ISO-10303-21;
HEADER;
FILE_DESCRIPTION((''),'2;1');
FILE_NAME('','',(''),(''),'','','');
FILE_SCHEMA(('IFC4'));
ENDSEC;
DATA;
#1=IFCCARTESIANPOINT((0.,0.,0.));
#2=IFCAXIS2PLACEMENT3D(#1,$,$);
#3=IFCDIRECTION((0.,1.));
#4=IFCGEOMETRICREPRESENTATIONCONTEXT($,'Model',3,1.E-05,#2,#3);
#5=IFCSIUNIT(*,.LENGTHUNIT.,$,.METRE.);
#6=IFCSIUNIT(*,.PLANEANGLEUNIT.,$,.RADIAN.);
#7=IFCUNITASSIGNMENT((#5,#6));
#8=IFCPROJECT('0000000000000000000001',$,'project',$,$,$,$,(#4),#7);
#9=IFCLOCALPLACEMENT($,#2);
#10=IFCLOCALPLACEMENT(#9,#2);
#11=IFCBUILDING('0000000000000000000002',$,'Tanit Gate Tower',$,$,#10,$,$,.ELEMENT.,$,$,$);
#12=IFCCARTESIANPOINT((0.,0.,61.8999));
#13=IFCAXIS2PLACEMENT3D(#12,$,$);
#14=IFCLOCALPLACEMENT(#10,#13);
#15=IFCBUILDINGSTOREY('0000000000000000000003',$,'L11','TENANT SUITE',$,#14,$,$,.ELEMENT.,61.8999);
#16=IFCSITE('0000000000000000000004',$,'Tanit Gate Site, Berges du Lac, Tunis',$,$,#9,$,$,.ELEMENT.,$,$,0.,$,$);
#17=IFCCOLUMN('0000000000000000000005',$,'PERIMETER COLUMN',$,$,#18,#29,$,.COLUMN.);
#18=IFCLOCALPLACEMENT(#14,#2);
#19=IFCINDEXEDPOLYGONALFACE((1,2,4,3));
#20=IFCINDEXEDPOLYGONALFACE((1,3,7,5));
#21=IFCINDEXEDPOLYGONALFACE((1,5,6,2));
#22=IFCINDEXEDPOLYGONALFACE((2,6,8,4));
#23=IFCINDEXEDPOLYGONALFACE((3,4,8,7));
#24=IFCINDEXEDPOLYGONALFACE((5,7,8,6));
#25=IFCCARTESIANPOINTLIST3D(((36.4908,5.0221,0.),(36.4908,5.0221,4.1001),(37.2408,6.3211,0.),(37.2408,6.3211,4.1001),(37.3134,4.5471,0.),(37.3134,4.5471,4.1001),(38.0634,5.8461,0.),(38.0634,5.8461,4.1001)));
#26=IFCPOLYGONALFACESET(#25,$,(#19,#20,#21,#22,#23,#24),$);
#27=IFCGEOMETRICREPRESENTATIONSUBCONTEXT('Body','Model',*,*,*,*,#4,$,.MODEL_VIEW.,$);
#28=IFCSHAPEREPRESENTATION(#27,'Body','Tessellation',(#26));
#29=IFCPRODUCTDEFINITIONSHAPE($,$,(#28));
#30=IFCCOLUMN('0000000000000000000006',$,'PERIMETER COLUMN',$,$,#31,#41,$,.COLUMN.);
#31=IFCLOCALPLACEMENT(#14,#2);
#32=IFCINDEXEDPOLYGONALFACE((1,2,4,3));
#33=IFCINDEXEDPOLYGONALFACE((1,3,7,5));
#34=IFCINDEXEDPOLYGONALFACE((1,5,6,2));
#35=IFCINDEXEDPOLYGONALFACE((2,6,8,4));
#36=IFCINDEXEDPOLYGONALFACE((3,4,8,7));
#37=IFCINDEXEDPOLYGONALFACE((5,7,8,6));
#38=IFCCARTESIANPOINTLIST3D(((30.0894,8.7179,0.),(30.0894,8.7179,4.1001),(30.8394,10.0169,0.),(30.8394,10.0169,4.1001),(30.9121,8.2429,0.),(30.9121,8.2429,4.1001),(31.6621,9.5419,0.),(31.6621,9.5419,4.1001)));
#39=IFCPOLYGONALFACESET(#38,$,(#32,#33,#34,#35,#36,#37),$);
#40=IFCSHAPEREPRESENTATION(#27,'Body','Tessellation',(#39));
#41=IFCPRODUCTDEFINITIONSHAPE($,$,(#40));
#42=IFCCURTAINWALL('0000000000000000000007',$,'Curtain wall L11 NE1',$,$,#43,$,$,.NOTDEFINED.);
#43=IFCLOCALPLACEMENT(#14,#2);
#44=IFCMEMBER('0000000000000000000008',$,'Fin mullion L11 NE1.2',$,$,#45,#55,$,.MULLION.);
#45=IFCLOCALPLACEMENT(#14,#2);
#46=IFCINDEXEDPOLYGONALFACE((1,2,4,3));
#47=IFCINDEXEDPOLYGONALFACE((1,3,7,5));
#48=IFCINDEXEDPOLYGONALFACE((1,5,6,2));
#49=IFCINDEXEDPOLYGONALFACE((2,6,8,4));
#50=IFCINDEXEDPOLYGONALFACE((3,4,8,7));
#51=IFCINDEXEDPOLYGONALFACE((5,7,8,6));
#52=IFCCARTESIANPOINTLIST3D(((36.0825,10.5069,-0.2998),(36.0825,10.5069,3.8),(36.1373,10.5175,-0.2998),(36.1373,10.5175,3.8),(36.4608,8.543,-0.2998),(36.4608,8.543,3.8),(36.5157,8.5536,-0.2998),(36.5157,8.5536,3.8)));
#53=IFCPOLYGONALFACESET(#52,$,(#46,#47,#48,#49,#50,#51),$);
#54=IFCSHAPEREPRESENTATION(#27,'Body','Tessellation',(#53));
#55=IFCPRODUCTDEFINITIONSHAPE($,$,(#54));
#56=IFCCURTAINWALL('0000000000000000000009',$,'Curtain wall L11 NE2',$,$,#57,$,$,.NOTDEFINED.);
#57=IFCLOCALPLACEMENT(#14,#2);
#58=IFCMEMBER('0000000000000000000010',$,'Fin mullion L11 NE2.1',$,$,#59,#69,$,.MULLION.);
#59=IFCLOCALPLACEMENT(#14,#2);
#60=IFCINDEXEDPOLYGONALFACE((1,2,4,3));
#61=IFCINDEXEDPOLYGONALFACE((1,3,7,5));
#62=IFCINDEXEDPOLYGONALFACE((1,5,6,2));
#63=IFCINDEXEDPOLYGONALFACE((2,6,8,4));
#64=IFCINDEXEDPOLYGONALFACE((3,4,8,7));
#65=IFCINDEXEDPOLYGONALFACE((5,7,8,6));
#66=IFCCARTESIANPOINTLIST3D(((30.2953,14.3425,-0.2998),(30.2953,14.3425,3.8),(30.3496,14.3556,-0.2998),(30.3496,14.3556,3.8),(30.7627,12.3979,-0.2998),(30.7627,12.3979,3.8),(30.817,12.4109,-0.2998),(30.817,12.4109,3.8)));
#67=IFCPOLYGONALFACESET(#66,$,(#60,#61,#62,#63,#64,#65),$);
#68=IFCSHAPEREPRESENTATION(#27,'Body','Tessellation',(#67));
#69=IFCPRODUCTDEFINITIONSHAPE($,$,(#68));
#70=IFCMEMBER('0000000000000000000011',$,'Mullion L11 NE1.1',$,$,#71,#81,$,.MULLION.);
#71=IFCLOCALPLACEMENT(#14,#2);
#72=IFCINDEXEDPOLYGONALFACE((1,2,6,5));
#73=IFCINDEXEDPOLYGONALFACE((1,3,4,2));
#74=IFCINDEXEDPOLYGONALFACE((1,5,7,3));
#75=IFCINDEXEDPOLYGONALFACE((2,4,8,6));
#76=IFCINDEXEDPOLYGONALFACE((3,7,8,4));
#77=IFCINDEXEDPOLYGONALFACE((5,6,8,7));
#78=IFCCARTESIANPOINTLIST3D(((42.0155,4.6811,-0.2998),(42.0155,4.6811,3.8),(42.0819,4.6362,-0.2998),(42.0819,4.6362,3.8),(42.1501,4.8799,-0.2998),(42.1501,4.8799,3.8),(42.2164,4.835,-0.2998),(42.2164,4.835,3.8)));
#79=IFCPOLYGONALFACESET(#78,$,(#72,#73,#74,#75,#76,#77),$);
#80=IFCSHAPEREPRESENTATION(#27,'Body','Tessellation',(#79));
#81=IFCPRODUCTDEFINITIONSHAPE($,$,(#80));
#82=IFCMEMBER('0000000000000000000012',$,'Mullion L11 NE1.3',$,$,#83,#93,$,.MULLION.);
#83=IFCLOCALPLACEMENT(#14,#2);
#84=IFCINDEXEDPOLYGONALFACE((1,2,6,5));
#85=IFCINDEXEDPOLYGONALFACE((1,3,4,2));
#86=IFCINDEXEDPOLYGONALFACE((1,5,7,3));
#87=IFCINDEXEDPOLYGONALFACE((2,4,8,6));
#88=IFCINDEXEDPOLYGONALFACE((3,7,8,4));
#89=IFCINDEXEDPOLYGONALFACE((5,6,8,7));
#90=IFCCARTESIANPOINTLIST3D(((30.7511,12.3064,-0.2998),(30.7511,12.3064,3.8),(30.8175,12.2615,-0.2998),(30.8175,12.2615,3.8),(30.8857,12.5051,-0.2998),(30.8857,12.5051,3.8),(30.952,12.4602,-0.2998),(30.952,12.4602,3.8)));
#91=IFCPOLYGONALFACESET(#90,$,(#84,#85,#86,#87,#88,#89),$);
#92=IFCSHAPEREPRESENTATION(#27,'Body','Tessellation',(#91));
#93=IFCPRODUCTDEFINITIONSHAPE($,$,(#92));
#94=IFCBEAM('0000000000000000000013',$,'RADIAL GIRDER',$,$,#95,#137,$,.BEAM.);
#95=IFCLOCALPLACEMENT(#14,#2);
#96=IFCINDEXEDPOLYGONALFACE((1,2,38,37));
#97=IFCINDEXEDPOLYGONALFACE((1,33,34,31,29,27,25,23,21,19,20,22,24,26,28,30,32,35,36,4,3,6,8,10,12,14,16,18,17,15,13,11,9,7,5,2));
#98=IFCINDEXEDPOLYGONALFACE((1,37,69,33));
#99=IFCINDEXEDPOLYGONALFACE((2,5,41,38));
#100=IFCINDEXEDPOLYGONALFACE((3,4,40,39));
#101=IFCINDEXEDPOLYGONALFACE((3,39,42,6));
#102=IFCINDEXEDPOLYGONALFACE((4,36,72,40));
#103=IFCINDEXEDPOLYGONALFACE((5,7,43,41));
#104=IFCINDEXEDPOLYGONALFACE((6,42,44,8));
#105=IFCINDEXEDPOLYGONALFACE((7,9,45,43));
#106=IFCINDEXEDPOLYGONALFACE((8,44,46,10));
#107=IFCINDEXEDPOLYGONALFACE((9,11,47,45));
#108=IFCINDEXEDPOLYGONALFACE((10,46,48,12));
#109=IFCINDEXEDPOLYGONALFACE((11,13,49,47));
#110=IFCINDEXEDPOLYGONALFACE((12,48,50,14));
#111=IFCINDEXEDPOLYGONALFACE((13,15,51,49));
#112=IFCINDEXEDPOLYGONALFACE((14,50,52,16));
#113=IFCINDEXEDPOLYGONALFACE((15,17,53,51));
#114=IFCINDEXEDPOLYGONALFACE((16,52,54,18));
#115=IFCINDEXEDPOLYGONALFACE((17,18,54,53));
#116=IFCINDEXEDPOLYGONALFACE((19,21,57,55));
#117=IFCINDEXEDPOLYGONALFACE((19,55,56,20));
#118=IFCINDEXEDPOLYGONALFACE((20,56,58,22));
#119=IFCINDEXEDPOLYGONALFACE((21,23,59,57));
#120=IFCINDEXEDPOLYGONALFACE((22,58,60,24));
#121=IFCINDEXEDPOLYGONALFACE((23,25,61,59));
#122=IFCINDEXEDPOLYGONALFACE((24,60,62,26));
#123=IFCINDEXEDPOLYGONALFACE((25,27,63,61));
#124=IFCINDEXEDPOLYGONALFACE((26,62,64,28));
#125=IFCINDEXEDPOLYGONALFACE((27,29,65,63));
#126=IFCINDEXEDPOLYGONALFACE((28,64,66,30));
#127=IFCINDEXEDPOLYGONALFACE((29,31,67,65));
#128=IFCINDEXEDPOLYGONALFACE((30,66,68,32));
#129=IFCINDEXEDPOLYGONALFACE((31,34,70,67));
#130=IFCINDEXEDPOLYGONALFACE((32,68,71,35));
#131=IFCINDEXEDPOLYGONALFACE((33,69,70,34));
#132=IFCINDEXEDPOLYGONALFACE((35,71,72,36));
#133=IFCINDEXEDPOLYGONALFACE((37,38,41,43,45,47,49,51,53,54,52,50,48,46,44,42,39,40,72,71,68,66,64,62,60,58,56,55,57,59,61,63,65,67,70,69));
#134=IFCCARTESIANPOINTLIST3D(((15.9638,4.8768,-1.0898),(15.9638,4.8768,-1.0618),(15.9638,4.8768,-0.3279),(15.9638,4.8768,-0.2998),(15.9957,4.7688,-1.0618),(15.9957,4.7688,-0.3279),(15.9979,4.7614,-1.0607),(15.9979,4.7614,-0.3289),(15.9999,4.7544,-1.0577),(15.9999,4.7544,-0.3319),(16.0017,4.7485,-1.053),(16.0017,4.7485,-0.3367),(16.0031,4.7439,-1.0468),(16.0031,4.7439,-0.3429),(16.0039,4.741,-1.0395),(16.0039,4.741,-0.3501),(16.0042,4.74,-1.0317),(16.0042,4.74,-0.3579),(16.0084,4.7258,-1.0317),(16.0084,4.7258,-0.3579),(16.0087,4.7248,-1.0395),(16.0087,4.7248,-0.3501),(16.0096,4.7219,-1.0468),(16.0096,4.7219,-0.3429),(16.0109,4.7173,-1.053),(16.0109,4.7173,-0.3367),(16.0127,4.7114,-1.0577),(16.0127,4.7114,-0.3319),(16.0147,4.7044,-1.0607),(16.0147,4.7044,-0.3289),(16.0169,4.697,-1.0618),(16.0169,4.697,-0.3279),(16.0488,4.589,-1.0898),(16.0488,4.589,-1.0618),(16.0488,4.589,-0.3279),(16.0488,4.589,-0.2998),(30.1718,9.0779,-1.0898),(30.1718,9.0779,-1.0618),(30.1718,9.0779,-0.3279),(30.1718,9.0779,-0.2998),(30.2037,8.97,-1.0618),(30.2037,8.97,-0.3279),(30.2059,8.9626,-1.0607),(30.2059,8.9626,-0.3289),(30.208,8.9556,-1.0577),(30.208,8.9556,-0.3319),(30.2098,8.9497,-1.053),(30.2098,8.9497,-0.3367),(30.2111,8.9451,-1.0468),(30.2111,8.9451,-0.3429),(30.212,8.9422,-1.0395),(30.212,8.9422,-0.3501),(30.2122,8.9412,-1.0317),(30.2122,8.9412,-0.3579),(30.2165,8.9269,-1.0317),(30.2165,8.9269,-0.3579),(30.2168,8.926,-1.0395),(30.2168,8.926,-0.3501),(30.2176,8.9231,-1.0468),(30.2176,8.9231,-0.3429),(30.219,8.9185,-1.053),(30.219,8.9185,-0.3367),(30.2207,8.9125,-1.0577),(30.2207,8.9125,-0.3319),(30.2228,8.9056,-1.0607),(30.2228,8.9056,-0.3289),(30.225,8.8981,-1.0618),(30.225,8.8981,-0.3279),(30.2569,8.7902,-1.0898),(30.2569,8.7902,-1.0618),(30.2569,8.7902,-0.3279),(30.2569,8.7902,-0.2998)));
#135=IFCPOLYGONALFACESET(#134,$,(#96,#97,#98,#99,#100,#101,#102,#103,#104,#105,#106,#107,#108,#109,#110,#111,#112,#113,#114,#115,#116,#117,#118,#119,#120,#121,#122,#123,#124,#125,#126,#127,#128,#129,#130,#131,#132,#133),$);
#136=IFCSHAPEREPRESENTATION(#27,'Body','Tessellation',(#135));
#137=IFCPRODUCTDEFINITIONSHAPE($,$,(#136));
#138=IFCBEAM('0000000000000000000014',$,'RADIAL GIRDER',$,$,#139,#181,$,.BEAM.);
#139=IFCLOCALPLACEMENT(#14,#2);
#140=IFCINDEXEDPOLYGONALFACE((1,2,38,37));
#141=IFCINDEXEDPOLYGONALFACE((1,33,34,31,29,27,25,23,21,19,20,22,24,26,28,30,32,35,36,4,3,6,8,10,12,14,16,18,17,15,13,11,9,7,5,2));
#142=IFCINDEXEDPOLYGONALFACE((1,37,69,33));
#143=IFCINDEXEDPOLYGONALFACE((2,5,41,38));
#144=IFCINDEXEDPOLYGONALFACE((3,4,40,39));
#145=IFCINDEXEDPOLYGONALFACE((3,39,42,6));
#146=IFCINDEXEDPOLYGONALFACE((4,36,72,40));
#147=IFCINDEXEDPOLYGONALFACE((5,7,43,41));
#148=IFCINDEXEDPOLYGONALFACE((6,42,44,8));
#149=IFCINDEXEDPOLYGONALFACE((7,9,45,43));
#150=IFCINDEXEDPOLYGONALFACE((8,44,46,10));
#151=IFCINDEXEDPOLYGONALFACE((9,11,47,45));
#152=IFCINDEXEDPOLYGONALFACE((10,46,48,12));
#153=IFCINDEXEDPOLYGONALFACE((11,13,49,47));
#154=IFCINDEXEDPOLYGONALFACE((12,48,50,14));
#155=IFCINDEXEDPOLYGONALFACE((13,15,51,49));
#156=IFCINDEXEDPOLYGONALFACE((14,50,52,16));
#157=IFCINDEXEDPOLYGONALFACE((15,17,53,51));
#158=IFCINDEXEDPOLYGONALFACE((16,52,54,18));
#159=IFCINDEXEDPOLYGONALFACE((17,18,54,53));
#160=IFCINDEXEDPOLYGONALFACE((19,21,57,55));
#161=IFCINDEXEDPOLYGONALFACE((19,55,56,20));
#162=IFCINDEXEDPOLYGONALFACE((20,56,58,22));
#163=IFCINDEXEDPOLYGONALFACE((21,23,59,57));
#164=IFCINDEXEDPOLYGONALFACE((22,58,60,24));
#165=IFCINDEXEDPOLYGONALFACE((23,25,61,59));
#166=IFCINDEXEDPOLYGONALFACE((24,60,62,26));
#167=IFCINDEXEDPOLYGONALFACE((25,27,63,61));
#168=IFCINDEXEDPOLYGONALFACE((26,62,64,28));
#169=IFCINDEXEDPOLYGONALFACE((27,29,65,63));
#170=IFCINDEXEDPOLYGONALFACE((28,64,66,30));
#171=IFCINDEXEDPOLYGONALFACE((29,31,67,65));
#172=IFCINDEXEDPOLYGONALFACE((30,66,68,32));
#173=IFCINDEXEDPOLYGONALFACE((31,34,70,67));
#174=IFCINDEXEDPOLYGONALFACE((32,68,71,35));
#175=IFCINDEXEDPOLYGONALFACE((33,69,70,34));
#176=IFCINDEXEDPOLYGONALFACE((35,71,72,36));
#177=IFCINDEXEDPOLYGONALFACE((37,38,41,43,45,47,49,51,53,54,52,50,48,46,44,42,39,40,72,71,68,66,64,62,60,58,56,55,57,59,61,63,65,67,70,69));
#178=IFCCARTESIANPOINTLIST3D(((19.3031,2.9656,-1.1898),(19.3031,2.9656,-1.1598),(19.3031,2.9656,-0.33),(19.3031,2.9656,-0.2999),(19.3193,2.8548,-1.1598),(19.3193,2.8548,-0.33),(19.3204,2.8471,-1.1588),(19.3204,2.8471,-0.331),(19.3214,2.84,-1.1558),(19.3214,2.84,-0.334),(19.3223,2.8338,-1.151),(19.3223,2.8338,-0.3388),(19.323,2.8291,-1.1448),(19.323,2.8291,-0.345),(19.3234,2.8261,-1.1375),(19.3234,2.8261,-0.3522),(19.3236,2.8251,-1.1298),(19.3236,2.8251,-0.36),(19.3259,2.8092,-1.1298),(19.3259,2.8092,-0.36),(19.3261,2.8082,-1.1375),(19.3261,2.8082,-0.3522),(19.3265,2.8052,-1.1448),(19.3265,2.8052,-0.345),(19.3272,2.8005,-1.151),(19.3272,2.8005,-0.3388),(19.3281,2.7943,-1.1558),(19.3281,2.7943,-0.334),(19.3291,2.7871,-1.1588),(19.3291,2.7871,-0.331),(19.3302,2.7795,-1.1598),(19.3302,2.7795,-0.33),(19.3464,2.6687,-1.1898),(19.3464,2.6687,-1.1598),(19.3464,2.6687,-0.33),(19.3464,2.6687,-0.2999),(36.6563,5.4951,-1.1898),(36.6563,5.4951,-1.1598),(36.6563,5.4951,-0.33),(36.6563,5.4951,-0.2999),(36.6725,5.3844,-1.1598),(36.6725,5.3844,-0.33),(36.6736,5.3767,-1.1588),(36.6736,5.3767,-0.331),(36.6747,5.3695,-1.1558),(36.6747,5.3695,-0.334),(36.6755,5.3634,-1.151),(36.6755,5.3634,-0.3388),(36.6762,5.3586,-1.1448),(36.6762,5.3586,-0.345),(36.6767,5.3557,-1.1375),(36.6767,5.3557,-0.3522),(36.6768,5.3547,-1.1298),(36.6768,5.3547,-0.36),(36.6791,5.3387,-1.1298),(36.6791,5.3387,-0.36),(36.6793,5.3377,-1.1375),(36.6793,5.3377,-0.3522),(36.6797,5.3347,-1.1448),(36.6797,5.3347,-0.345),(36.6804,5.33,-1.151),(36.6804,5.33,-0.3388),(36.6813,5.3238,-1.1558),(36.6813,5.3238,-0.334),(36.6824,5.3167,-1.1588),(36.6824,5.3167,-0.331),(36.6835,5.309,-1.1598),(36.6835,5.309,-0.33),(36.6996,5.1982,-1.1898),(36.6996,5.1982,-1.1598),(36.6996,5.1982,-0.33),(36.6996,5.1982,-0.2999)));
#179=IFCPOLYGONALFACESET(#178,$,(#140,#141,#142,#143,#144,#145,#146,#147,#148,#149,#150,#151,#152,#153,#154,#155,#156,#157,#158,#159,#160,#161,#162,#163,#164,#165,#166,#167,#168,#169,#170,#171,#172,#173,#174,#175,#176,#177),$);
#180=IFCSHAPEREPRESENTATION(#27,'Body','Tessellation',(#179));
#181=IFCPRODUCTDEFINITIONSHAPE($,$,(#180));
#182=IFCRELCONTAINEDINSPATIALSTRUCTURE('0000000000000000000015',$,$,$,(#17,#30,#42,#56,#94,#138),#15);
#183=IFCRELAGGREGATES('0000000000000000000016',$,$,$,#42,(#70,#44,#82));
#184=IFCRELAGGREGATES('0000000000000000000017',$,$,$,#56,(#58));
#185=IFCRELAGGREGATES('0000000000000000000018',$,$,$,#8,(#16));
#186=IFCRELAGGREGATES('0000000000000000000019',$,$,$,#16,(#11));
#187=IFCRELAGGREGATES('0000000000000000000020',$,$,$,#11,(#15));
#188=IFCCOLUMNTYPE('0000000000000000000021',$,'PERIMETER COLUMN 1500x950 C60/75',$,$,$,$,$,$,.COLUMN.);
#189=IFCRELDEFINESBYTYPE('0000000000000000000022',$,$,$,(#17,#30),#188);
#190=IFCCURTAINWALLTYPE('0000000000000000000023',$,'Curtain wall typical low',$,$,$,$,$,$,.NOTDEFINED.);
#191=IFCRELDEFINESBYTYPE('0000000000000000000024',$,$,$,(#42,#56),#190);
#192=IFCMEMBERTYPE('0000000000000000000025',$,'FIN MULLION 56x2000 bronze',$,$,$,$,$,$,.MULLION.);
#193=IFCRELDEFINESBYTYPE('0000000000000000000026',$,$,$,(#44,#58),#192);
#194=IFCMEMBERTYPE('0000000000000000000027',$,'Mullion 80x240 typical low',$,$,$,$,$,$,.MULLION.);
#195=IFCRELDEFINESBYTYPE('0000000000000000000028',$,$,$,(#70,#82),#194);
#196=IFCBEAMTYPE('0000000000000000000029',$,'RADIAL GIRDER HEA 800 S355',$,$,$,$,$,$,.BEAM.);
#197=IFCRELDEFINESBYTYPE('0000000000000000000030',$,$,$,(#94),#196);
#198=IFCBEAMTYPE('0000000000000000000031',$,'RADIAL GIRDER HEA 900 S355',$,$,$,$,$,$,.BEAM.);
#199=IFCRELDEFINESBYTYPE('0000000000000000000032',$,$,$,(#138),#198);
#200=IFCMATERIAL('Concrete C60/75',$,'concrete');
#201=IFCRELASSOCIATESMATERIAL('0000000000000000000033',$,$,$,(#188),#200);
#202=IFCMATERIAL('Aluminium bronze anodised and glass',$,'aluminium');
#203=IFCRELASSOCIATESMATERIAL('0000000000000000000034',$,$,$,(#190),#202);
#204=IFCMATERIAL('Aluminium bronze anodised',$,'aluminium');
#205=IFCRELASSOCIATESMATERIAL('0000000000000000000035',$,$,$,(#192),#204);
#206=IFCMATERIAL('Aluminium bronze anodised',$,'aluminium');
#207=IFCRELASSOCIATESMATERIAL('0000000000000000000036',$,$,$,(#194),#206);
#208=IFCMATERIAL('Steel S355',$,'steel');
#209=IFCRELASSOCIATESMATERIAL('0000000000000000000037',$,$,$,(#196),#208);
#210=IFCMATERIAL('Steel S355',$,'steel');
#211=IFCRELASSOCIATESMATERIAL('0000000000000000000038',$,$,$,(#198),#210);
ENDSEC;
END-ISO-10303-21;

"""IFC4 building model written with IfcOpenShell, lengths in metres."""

from ifc_helpers import new_model, si_unit, direction, frame, origin, origin_2d, place, context, subcontext, project, spatial, rectangle, i_section, extrude, material, material_profile, profile_set, type_object, element, aggregate, save


model = new_model("IFC4")

# Units and contexts
model_context = context("Model", 3, precision=1e-05, world=origin(), true_north=direction((0.0, 1.0)))
body_context = subcontext(model_context, "Body", "Model", "MODEL_VIEW")
ifc_project = project(units=[si_unit("LENGTHUNIT", "METRE"), si_unit("PLANEANGLEUNIT", "RADIAN")], contexts=[model_context])

# Site, building, storey
site_placement = place(None, origin())
site = spatial("IfcSite", under=ifc_project, at=site_placement, Name="Tanit Gate Site, Berges du Lac, Tunis", CompositionType="ELEMENT", RefElevation=0.0)
building_placement = place(site_placement, origin())
building = spatial("IfcBuilding", under=site, at=building_placement, Name="Tanit Gate Tower", CompositionType="ELEMENT")
storey_placement = place(building_placement, frame((0.0, 0.0, 61.8999)))
storey = spatial("IfcBuildingStorey", under=building, at=storey_placement, Name="L11", Description="TENANT SUITE", CompositionType="ELEMENT", Elevation=61.8999)

# Columns
ifc_material_1 = material(Name="Concrete C60/75", Category="concrete")
ifc_material_profile_1 = material_profile(ifc_material_1, rectangle(XDim=1.5, YDim=0.95, at=origin_2d()), Name="RC 1500x950")
ifc_profile_set_1 = profile_set([ifc_material_profile_1], Name="Concrete C60/75")
column_type = type_object("IfcColumnType", Name="PERIMETER COLUMN 1500x950 C60/75", PredefinedType="COLUMN", material=ifc_profile_set_1)
for number, where, z_axis, x_axis, name in (
    (1, (37.2771, 5.4341, 0.0), (0.0, 0.0, 1.0), (0.5, 0.866025, 0.0), "PERIMETER COLUMN"),
    (2, (30.8757, 9.1299, 0.0), (0.0, 0.0, 1.0), (0.5, 0.866025, 0.0), "PERIMETER COLUMN"),
):
    element("IfcColumn", number, at=place(storey_placement, frame(where, z_axis=z_axis, x_axis=x_axis)), inside=storey, type_object=column_type, Name=name, PredefinedType="COLUMN", context=body_context, shape_type="SweptSolid", body=[
        extrude(rectangle(XDim=1.5, YDim=0.95, at=origin_2d()), origin(), (0.0, 0.0, 1.0), 4.1001),
    ])

# Curtain walls, members
ifc_material_2 = material(Name="Aluminium bronze anodised and glass", Category="aluminium")
curtain_wall_type = type_object("IfcCurtainWallType", Name="Curtain wall typical low", PredefinedType="NOTDEFINED", material=ifc_material_2)
curtain_wall_1_placement = place(storey_placement, origin())
curtain_wall_1 = element("IfcCurtainWall", 3, at=curtain_wall_1_placement, inside=storey, type_object=curtain_wall_type, Name="Curtain wall L11 NE1", PredefinedType="NOTDEFINED")
ifc_material_3 = material(Name="Aluminium bronze anodised", Category="aluminium")
ifc_material_profile_2 = material_profile(ifc_material_3, rectangle(XDim=2.0, YDim=0.0559, at=origin_2d()), Name="56x2000 bronze fin mullion")
ifc_profile_set_2 = profile_set([ifc_material_profile_2], Name="Aluminium bronze anodised")
member_type_1 = type_object("IfcMemberType", Name="FIN MULLION 56x2000 bronze", PredefinedType="MULLION", material=ifc_profile_set_2)
member_1_placement = place(storey_placement, frame((36.2991, 9.5303, -0.2998), z_axis=(0.0, 0.0, 1.0), x_axis=(0.189173, -0.981944, 0.0)))
member_1 = element("IfcMember", 4, at=member_1_placement, type_object=member_type_1, Name="Fin mullion L11 NE1.2", PredefinedType="MULLION", context=body_context, shape_type="SweptSolid", body=[
    extrude(rectangle(XDim=2.0, YDim=0.0559, at=origin_2d()), origin(), (0.0, 0.0, 1.0), 4.0999),
])
curtain_wall_2_placement = place(storey_placement, origin())
curtain_wall_2 = element("IfcCurtainWall", 5, at=curtain_wall_2_placement, inside=storey, type_object=curtain_wall_type, Name="Curtain wall L11 NE2", PredefinedType="NOTDEFINED")
member_2_placement = place(storey_placement, frame((30.5562, 13.3767, -0.2998), z_axis=(0.0, 0.0, 1.0), x_axis=(0.233691, -0.972311, 0.0)))
member_2 = element("IfcMember", 6, at=member_2_placement, type_object=member_type_1, Name="Fin mullion L11 NE2.1", PredefinedType="MULLION", context=body_context, shape_type="SweptSolid", body=[
    extrude(rectangle(XDim=2.0, YDim=0.0559, at=origin_2d()), origin(), (0.0, 0.0, 1.0), 4.0999),
])

# Members
ifc_material_4 = material(Name="Aluminium bronze anodised", Category="aluminium")
ifc_material_profile_3 = material_profile(ifc_material_4, rectangle(XDim=0.24, YDim=0.0801, at=origin_2d()), Name="80x240 bronze mullion")
ifc_profile_set_3 = profile_set([ifc_material_profile_3], Name="Aluminium bronze anodised")
member_type_2 = type_object("IfcMemberType", Name="Mullion 80x240 typical low", PredefinedType="MULLION", material=ifc_profile_set_3)
member_3_placement = place(storey_placement, frame((42.116, 4.7581, -0.2998), z_axis=(0.0, 0.0, 1.0), x_axis=(-0.560574, -0.828105, 0.0)))
member_3 = element("IfcMember", 7, at=member_3_placement, type_object=member_type_2, Name="Mullion L11 NE1.1", PredefinedType="MULLION", context=body_context, shape_type="SweptSolid", body=[
    extrude(rectangle(XDim=0.24, YDim=0.0801, at=origin_2d()), origin(), (0.0, 0.0, 1.0), 4.0999),
])
member_4_placement = place(storey_placement, frame((30.8516, 12.3833, -0.2998), z_axis=(0.0, 0.0, 1.0), x_axis=(-0.560574, -0.828105, 0.0)))
member_4 = element("IfcMember", 8, at=member_4_placement, type_object=member_type_2, Name="Mullion L11 NE1.3", PredefinedType="MULLION", context=body_context, shape_type="SweptSolid", body=[
    extrude(rectangle(XDim=0.24, YDim=0.0801, at=origin_2d()), origin(), (0.0, 0.0, 1.0), 4.0999),
])

# Beams
ifc_material_5 = material(Name="Steel S355", Category="steel")
ifc_material_profile_4 = material_profile(ifc_material_5, i_section(OverallWidth=0.3, OverallDepth=0.79, WebThickness=0.0149, FlangeThickness=0.0281, FilletRadius=0.03, at=origin_2d()), Name="HEA 800")
ifc_profile_set_4 = profile_set([ifc_material_profile_4], Name="Steel S355")
beam_type_1 = type_object("IfcBeamType", Name="RADIAL GIRDER HEA 800 S355", PredefinedType="BEAM", material=ifc_profile_set_4)
beam_1_placement = place(storey_placement, frame((30.2144, 8.9341, -0.6948), z_axis=(-0.958956, -0.283554, 0.0), x_axis=(0.283554, -0.958956, 0.0)))
element("IfcBeam", 9, at=beam_1_placement, inside=storey, type_object=beam_type_1, Name="RADIAL GIRDER", PredefinedType="BEAM", context=body_context, shape_type="SweptSolid", body=[
    extrude(i_section(OverallWidth=0.3, OverallDepth=0.79, WebThickness=0.0149, FlangeThickness=0.0281, FilletRadius=0.03, at=origin_2d()), origin(), (0.0, 0.0, 1.0), 14.8162),
])
ifc_material_6 = material(Name="Steel S355", Category="steel")
ifc_material_profile_5 = material_profile(ifc_material_6, i_section(OverallWidth=0.3, OverallDepth=0.8899, WebThickness=0.0161, FlangeThickness=0.03, FilletRadius=0.03, at=origin_2d()), Name="HEA 900")
ifc_profile_set_5 = profile_set([ifc_material_profile_5], Name="Steel S355")
beam_type_2 = type_object("IfcBeamType", Name="RADIAL GIRDER HEA 900 S355", PredefinedType="BEAM", material=ifc_profile_set_5)
beam_2_placement = place(storey_placement, frame((36.678, 5.3467, -0.7449), z_axis=(-0.989542, -0.144243, 0.0), x_axis=(0.144243, -0.989542, 0.0)))
element("IfcBeam", 10, at=beam_2_placement, inside=storey, type_object=beam_type_2, Name="RADIAL GIRDER", PredefinedType="BEAM", context=body_context, shape_type="SweptSolid", body=[
    extrude(i_section(OverallWidth=0.3, OverallDepth=0.8899, WebThickness=0.0161, FlangeThickness=0.03, FilletRadius=0.03, at=origin_2d()), origin(), (0.0, 0.0, 1.0), 17.5366),
])

aggregate(curtain_wall_1, [member_3, member_1, member_4])
aggregate(curtain_wall_2, [member_2])

save(model, "model.ifc")
